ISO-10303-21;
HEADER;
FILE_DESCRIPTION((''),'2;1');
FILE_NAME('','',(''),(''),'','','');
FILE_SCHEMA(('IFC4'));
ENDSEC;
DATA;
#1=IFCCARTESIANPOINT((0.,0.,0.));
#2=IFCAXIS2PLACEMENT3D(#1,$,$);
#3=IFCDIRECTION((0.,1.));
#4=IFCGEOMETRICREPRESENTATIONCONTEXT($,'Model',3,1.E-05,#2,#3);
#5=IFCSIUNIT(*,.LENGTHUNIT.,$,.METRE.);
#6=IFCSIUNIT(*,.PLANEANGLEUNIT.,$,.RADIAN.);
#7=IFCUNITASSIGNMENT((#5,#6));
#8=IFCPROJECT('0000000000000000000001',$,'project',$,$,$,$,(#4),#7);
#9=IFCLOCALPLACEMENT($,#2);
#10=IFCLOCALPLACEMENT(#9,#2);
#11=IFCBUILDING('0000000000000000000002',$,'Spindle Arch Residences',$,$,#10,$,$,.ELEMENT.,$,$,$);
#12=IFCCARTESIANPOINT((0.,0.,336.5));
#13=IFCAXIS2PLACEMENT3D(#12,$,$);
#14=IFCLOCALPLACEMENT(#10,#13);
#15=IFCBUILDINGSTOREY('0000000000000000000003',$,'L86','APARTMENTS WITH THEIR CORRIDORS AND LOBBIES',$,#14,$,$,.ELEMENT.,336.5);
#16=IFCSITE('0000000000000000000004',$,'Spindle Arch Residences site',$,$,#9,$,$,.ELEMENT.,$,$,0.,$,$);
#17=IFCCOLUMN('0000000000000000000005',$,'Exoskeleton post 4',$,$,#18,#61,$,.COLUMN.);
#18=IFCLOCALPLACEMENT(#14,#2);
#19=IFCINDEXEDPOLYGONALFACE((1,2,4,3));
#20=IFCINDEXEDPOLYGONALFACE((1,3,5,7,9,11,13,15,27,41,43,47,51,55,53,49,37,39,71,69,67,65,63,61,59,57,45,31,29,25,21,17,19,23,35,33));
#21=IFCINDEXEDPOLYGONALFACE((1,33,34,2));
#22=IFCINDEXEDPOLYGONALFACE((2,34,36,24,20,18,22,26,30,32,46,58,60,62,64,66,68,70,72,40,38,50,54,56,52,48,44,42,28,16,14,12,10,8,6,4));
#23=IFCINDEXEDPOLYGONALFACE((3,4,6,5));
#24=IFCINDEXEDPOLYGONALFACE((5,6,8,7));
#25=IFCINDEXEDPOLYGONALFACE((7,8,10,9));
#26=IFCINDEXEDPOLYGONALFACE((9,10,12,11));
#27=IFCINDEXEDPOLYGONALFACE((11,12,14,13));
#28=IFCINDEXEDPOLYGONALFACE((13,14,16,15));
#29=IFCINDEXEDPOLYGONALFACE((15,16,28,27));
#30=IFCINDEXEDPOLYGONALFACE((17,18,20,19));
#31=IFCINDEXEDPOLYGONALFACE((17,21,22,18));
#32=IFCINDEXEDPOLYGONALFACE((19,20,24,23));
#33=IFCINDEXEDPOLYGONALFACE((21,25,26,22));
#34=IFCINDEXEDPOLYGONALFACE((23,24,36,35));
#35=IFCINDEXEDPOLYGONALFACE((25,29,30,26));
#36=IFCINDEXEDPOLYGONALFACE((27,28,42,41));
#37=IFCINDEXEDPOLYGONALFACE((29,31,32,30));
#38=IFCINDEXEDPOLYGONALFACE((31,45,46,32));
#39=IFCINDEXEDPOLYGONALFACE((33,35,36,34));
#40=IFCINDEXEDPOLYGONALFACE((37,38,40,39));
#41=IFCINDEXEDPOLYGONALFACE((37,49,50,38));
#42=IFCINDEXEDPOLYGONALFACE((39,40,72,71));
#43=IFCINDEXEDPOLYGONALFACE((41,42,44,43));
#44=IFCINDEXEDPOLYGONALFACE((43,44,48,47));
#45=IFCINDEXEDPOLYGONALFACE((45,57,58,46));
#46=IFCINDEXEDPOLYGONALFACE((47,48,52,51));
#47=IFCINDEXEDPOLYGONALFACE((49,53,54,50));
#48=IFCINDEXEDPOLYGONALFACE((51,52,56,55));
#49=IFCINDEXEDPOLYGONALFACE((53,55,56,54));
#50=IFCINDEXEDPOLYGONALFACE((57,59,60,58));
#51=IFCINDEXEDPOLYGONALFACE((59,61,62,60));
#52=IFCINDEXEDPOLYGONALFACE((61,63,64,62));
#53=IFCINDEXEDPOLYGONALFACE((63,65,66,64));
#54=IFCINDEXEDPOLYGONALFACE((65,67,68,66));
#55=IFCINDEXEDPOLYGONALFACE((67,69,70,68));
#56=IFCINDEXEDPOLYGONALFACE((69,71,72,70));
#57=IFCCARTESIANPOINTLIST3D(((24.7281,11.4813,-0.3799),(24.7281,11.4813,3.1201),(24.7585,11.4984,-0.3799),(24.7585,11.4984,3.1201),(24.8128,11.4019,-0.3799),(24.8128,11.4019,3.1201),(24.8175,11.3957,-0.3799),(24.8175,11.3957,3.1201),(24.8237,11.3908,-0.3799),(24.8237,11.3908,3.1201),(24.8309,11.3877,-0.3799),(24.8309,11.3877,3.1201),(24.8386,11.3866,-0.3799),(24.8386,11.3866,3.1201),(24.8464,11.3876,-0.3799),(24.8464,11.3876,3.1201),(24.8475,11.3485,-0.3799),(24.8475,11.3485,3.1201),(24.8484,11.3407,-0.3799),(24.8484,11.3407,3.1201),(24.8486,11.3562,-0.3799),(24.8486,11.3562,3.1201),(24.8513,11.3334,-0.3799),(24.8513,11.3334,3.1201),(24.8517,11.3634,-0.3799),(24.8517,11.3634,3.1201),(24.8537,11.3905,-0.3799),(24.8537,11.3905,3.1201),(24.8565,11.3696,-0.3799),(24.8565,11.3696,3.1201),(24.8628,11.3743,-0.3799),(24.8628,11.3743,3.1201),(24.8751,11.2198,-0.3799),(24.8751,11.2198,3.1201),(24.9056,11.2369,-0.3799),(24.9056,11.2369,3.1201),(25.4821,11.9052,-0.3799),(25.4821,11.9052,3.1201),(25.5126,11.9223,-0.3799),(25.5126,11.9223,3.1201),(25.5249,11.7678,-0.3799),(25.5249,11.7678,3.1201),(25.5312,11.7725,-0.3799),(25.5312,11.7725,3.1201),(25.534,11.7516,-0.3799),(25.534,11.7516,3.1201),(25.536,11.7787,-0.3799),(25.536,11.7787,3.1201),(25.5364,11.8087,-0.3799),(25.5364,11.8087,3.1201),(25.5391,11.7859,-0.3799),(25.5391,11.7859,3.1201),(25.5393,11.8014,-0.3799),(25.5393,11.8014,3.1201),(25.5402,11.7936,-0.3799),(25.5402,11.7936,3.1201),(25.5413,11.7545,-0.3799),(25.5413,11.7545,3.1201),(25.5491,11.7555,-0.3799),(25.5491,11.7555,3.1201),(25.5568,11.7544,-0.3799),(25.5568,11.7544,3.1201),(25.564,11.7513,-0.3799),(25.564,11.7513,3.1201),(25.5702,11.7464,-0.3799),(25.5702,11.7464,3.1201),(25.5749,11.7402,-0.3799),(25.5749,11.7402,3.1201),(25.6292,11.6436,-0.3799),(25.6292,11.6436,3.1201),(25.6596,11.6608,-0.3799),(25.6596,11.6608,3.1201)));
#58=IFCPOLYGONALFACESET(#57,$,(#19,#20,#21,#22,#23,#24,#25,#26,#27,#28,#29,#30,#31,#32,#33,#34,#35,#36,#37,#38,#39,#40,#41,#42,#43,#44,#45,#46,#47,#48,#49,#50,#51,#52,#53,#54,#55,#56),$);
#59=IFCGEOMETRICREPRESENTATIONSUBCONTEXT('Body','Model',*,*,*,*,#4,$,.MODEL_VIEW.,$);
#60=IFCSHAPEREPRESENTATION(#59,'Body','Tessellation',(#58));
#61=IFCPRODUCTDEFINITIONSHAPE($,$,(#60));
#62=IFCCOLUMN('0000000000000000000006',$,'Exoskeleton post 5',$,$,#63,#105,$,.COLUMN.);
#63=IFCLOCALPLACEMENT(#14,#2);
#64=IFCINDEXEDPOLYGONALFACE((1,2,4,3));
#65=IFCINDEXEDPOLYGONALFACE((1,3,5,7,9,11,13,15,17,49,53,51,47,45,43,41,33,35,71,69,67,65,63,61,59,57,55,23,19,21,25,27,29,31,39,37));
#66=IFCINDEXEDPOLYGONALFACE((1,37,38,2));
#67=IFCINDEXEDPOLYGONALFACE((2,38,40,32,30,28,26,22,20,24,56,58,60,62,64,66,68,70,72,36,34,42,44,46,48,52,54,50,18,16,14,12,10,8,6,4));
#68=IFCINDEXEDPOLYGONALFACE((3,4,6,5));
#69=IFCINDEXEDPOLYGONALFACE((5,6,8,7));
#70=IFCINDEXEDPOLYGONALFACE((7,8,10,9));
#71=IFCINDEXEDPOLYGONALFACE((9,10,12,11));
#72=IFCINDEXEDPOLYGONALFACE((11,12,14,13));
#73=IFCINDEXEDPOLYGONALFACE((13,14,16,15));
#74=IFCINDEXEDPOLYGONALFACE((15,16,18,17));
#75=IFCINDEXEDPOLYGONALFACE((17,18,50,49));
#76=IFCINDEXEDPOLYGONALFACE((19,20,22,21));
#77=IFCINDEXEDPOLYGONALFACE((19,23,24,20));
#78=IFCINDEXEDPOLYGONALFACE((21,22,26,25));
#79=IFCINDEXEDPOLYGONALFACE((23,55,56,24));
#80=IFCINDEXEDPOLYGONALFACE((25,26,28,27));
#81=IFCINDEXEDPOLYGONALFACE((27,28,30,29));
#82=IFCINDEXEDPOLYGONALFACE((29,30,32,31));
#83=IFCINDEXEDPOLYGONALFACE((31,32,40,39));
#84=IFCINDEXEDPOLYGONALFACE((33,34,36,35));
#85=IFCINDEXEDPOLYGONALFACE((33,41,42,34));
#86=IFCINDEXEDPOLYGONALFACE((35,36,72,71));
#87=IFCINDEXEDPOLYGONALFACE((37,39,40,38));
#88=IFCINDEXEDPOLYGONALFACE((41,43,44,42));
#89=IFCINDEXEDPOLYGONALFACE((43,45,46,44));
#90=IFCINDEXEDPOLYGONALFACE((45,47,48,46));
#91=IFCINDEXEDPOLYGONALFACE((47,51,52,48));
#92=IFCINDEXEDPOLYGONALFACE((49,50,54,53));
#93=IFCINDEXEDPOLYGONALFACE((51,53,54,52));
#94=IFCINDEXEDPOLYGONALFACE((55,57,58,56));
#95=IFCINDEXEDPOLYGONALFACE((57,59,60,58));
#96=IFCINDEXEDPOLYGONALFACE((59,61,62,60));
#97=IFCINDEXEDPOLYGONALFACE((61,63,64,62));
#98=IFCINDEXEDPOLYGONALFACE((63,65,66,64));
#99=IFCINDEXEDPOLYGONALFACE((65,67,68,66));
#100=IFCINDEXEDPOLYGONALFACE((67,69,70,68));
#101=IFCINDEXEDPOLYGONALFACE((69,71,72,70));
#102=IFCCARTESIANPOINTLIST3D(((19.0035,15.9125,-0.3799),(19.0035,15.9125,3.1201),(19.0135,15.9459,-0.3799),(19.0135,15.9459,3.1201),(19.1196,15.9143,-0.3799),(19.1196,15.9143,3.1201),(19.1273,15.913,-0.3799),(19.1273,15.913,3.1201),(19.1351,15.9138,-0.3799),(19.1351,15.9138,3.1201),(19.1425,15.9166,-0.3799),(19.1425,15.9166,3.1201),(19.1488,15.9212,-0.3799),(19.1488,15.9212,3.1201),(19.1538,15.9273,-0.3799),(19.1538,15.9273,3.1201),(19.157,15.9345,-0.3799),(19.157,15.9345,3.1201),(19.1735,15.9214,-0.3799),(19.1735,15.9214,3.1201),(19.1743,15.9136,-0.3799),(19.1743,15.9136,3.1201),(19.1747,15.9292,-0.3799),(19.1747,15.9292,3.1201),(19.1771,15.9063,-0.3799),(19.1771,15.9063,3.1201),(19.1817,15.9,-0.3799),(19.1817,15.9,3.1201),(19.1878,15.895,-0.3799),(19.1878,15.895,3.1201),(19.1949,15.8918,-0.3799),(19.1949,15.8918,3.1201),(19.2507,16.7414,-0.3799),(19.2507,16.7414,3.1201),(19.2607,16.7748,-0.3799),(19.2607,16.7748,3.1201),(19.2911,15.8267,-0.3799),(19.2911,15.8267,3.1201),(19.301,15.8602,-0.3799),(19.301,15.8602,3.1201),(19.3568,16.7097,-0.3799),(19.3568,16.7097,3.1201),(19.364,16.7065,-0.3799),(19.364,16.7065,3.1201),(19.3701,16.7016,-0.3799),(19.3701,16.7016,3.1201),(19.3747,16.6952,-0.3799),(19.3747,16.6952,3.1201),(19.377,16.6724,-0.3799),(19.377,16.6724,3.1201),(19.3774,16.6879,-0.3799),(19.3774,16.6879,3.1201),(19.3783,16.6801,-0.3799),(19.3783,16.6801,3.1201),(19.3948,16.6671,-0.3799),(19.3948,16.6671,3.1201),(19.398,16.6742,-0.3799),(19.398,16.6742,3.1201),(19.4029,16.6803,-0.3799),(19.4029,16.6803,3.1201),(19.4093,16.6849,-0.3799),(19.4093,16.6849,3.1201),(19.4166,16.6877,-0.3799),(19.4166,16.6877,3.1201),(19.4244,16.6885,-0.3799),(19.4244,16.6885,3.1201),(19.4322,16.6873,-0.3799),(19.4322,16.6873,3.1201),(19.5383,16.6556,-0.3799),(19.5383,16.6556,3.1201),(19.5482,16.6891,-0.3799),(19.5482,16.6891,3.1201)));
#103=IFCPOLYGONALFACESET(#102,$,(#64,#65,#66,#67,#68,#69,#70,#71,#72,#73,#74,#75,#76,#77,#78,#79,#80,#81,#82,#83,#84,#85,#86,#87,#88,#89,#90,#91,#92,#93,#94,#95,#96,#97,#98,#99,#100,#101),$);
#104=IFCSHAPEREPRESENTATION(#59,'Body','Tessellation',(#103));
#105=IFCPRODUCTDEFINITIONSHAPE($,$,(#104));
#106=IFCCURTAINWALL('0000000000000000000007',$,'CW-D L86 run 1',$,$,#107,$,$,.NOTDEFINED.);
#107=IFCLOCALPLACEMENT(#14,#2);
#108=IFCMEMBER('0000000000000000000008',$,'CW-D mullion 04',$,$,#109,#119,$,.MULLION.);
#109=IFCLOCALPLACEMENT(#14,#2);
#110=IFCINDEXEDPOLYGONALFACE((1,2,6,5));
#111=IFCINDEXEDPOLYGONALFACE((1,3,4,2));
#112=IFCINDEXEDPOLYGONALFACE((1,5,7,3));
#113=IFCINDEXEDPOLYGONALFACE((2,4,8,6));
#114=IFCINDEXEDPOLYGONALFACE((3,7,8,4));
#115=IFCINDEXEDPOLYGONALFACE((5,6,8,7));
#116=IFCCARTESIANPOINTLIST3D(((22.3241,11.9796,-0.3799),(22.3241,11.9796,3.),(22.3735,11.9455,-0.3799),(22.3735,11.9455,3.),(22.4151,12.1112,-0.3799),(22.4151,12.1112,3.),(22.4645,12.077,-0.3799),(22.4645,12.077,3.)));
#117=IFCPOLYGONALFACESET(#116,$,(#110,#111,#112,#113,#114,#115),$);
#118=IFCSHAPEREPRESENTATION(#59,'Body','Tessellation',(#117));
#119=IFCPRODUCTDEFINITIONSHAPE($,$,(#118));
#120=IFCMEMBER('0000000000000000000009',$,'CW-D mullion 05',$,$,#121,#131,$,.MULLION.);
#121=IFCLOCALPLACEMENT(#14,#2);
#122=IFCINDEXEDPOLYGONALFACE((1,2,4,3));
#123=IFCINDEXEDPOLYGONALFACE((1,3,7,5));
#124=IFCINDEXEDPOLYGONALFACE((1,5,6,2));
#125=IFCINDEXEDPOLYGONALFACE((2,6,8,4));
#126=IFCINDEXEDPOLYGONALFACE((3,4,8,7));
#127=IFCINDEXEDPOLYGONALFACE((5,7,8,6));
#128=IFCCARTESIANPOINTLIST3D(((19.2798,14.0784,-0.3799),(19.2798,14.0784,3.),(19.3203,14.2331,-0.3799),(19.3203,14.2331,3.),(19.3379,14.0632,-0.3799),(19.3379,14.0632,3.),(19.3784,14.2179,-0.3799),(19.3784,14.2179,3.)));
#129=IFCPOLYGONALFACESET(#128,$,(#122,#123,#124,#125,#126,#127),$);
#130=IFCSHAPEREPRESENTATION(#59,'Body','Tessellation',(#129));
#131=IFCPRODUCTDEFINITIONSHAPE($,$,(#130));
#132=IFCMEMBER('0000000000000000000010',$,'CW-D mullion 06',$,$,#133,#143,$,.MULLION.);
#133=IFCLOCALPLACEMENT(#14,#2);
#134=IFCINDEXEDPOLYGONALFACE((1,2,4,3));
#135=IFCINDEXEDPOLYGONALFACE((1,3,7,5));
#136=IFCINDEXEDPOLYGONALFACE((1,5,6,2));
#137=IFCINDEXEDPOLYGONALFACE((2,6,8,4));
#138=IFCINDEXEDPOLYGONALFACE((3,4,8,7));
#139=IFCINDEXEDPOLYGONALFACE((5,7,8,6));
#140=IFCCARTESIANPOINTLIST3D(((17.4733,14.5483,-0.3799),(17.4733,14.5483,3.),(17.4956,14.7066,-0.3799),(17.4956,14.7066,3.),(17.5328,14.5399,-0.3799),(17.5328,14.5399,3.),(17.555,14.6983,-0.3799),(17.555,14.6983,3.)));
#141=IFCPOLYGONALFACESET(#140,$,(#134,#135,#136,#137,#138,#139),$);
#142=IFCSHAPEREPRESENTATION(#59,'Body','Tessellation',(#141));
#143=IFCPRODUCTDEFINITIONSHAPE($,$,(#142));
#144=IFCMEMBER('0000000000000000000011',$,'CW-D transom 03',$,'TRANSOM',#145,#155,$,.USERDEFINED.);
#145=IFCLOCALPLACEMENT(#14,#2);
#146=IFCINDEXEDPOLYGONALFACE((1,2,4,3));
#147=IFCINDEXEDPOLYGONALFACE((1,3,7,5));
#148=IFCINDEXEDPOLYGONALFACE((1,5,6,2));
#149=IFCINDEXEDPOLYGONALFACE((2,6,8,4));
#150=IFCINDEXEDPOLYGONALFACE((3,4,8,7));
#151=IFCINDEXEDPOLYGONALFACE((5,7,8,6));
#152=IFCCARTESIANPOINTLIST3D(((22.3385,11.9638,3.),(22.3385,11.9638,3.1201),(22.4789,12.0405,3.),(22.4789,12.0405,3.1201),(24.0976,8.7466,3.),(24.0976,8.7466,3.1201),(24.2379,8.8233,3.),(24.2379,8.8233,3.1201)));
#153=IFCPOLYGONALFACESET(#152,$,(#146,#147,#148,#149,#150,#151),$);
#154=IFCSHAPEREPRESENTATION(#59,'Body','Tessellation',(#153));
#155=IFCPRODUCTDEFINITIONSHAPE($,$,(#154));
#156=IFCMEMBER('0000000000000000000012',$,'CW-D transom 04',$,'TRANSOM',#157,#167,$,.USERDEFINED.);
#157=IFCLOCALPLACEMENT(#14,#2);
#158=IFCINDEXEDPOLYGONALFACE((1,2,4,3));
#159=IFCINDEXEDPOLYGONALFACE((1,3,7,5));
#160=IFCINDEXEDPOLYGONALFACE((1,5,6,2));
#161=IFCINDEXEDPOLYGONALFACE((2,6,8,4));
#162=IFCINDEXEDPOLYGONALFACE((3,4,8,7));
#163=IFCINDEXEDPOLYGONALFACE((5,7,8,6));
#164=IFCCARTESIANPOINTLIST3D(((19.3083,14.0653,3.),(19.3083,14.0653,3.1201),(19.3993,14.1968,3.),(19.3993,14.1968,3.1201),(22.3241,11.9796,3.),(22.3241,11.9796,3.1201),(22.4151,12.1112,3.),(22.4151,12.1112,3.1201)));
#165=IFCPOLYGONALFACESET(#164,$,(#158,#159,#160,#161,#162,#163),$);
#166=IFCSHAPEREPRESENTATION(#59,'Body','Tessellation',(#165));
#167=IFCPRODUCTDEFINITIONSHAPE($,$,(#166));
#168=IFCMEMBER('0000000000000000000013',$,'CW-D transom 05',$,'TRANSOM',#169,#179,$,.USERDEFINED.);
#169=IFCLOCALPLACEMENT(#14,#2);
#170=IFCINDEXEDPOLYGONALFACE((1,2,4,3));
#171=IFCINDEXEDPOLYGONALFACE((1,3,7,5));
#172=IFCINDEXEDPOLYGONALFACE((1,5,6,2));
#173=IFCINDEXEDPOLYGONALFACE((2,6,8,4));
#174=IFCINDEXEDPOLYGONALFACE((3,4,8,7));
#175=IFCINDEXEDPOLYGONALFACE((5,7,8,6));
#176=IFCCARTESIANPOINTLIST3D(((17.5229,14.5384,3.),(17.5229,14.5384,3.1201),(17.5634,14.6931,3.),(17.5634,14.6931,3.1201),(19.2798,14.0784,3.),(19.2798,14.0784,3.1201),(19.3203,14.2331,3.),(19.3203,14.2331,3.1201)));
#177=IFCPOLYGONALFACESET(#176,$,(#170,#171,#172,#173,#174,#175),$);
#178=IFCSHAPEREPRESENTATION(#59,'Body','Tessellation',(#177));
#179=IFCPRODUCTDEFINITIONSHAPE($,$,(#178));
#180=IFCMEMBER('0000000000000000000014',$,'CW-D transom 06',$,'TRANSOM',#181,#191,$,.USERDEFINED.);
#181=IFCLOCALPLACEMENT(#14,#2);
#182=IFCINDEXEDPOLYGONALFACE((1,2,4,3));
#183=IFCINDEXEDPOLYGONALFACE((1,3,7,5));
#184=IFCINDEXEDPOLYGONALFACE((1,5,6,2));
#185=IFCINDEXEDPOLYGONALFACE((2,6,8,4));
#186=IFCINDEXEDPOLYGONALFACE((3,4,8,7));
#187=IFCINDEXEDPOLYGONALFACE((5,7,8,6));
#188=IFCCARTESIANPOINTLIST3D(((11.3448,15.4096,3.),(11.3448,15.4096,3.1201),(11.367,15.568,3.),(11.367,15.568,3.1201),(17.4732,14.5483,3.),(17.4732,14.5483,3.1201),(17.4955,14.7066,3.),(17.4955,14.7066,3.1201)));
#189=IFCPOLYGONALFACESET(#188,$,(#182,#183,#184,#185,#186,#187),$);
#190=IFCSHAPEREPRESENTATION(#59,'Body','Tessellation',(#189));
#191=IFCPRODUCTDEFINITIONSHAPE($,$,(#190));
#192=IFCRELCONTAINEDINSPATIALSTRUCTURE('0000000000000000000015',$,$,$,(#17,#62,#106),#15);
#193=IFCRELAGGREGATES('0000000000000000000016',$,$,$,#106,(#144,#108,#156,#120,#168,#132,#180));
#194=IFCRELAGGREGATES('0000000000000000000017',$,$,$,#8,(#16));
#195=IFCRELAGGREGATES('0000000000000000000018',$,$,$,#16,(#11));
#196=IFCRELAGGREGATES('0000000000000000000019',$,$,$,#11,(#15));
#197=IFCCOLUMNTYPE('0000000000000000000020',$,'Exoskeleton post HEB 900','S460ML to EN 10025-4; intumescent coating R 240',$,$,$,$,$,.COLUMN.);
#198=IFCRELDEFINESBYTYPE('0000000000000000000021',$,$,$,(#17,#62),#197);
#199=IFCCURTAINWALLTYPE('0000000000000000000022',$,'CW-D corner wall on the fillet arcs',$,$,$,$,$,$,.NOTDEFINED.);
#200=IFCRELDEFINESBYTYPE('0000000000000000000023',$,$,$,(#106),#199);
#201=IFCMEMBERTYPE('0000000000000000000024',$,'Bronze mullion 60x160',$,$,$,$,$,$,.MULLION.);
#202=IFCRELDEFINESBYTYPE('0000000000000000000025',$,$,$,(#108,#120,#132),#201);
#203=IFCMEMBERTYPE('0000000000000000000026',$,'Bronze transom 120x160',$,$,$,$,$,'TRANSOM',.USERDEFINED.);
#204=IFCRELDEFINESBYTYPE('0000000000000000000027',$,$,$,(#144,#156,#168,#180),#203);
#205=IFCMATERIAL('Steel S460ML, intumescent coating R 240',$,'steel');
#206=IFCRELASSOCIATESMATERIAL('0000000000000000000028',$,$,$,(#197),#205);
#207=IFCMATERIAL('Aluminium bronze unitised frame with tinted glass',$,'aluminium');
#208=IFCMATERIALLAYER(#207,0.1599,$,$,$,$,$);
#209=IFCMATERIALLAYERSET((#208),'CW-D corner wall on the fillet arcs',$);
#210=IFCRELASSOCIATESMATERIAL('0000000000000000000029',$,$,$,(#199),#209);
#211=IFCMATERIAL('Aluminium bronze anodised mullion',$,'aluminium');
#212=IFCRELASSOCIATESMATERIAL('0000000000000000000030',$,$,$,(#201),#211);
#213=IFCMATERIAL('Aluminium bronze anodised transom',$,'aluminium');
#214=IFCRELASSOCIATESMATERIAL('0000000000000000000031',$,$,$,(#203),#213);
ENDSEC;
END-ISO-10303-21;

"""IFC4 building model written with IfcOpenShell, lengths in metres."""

from ifc_helpers import new_model, si_unit, direction, frame, origin, origin_2d, place, context, subcontext, project, spatial, rectangle, i_section, extrude, material, layer, layer_set, material_profile, profile_set, type_object, element, aggregate, save


model = new_model("IFC4")

# Units and contexts
model_context = context("Model", 3, precision=1e-05, world=origin(), true_north=direction((0.0, 1.0)))
body_context = subcontext(model_context, "Body", "Model", "MODEL_VIEW")
ifc_project = project(units=[si_unit("LENGTHUNIT", "METRE"), si_unit("PLANEANGLEUNIT", "RADIAN")], contexts=[model_context])

# Site, building, storey
site_placement = place(None, origin())
site = spatial("IfcSite", under=ifc_project, at=site_placement, Name="Spindle Arch Residences site", CompositionType="ELEMENT", RefElevation=0.0)
building_placement = place(site_placement, origin())
building = spatial("IfcBuilding", under=site, at=building_placement, Name="Spindle Arch Residences", CompositionType="ELEMENT")
storey_placement = place(building_placement, frame((0.0, 0.0, 336.5)))
storey = spatial("IfcBuildingStorey", under=building, at=storey_placement, Name="L86", Description="APARTMENTS WITH THEIR CORRIDORS AND LOBBIES", CompositionType="ELEMENT", Elevation=336.5)

# Columns
ifc_material_1 = material(Name="Steel S460ML, intumescent coating R 240", Category="steel")
ifc_material_profile_1 = material_profile(ifc_material_1, i_section(OverallWidth=0.3, OverallDepth=0.8999, WebThickness=0.0186, FlangeThickness=0.0349, FilletRadius=0.03, at=origin_2d()), Name="HEB 900")
ifc_profile_set_1 = profile_set([ifc_material_profile_1], Name="Steel S460ML, intumescent coating R 240")
column_type = type_object("IfcColumnType", Name="Exoskeleton post HEB 900", Description="S460ML to EN 10025-4; intumescent coating R 240", PredefinedType="COLUMN", material=ifc_profile_set_1)
for number, where, z_axis, x_axis, name in (
    (1, (25.1938, 11.571, -0.3799), (0.0, 0.0, 1.0), (0.490024, -0.871709, 0.0), "Exoskeleton post 4"),
    (2, (19.2759, 16.3008, -0.3799), (0.0, 0.0, 1.0), (0.958298, -0.285769, 0.0), "Exoskeleton post 5"),
):
    element("IfcColumn", number, at=place(storey_placement, frame(where, z_axis=z_axis, x_axis=x_axis)), inside=storey, type_object=column_type, Name=name, PredefinedType="COLUMN", context=body_context, shape_type="SweptSolid", body=[
        extrude(i_section(OverallWidth=0.3, OverallDepth=0.8999, WebThickness=0.0186, FlangeThickness=0.0349, FilletRadius=0.03, at=origin_2d()), origin(), (0.0, 0.0, 1.0), 3.5),
    ])

# Curtain wall, members
ifc_material_2 = material(Name="Aluminium bronze unitised frame with tinted glass", Category="aluminium")
ifc_layer_1 = layer(ifc_material_2, 0.1599)
ifc_layer_set_1 = layer_set([ifc_layer_1], Name="CW-D corner wall on the fillet arcs")
curtain_wall_type = type_object("IfcCurtainWallType", Name="CW-D corner wall on the fillet arcs", PredefinedType="NOTDEFINED", material=ifc_layer_set_1)
curtain_wall_placement = place(storey_placement, origin())
curtain_wall = element("IfcCurtainWall", 3, at=curtain_wall_placement, inside=storey, type_object=curtain_wall_type, Name="CW-D L86 run 1", PredefinedType="NOTDEFINED")
ifc_material_3 = material(Name="Aluminium bronze anodised mullion", Category="aluminium")
ifc_material_profile_2 = material_profile(ifc_material_3, rectangle(XDim=0.1599, YDim=0.0601, at=origin_2d()), Name="MU 60x160")
ifc_profile_set_2 = profile_set([ifc_material_profile_2], Name="Aluminium bronze anodised mullion")
member_type_1 = type_object("IfcMemberType", Name="Bronze mullion 60x160", PredefinedType="MULLION", material=ifc_profile_set_2)
member_1_placement = place(storey_placement, frame((22.3943, 12.0283, -0.3799), z_axis=(0.0, 0.0, 1.0), x_axis=(-0.568801, -0.822475, 0.0)))
member_1 = element("IfcMember", 4, at=member_1_placement, type_object=member_type_1, Name="CW-D mullion 04", PredefinedType="MULLION", context=body_context, shape_type="SweptSolid", body=[
    extrude(rectangle(XDim=0.1599, YDim=0.0601, at=origin_2d()), origin(), (0.0, 0.0, 1.0), 3.3799),
])
member_2_placement = place(storey_placement, frame((19.3291, 14.1482, -0.3799), z_axis=(0.0, 0.0, 1.0), x_axis=(-0.253195, -0.967415, 0.0)))
member_2 = element("IfcMember", 5, at=member_2_placement, type_object=member_type_1, Name="CW-D mullion 05", PredefinedType="MULLION", context=body_context, shape_type="SweptSolid", body=[
    extrude(rectangle(XDim=0.1599, YDim=0.0601, at=origin_2d()), origin(), (0.0, 0.0, 1.0), 3.3799),
])
member_3_placement = place(storey_placement, frame((17.5142, 14.6233, -0.3799), z_axis=(0.0, 0.0, 1.0), x_axis=(-0.139173, -0.990268, 0.0)))
member_3 = element("IfcMember", 6, at=member_3_placement, type_object=member_type_1, Name="CW-D mullion 06", PredefinedType="MULLION", context=body_context, shape_type="SweptSolid", body=[
    extrude(rectangle(XDim=0.1599, YDim=0.0601, at=origin_2d()), origin(), (0.0, 0.0, 1.0), 3.3799),
])
ifc_material_4 = material(Name="Aluminium bronze anodised transom", Category="aluminium")
ifc_material_profile_3 = material_profile(ifc_material_4, rectangle(XDim=0.1599, YDim=0.1201, at=origin_2d()), Name="TR 120x160")
ifc_profile_set_3 = profile_set([ifc_material_profile_3], Name="Aluminium bronze anodised transom")
member_type_2 = type_object("IfcMemberType", Name="Bronze transom 120x160", ElementType="TRANSOM", PredefinedType="USERDEFINED", material=ifc_profile_set_3)
member_4_placement = place(storey_placement, frame((24.1677, 8.7849, 3.0601), z_axis=(-0.479724, 0.877419, 0.0), x_axis=(-0.877419, -0.479724, 0.0)))
member_4 = element("IfcMember", 7, at=member_4_placement, type_object=member_type_2, Name="CW-D transom 03", ObjectType="TRANSOM", PredefinedType="USERDEFINED", context=body_context, shape_type="SweptSolid", body=[
    extrude(rectangle(XDim=0.1599, YDim=0.1201, at=origin_2d()), origin(), (0.0, 0.0, 1.0), 3.6667),
])
member_5_placement = place(storey_placement, frame((22.3696, 12.0454, 3.0601), z_axis=(-0.822475, 0.568801, 0.0), x_axis=(-0.568801, -0.822475, 0.0)))
member_5 = element("IfcMember", 8, at=member_5_placement, type_object=member_type_2, Name="CW-D transom 04", ObjectType="TRANSOM", PredefinedType="USERDEFINED", context=body_context, shape_type="SweptSolid", body=[
    extrude(rectangle(XDim=0.1599, YDim=0.1201, at=origin_2d()), origin(), (0.0, 0.0, 1.0), 3.6667),
])
member_6_placement = place(storey_placement, frame((19.3, 14.1558, 3.0601), z_axis=(-0.967394, 0.253276, 0.0), x_axis=(-0.253276, -0.967394, 0.0)))
member_6 = element("IfcMember", 9, at=member_6_placement, type_object=member_type_2, Name="CW-D transom 05", ObjectType="TRANSOM", PredefinedType="USERDEFINED", context=body_context, shape_type="SweptSolid", body=[
    extrude(rectangle(XDim=0.1599, YDim=0.1201, at=origin_2d()), origin(), (0.0, 0.0, 1.0), 1.8162),
])
member_7_placement = place(storey_placement, frame((17.4844, 14.6274, 3.0601), z_axis=(-0.990267, 0.139179, 0.0), x_axis=(-0.139179, -0.990267, 0.0)))
member_7 = element("IfcMember", 10, at=member_7_placement, type_object=member_type_2, Name="CW-D transom 06", ObjectType="TRANSOM", PredefinedType="USERDEFINED", context=body_context, shape_type="SweptSolid", body=[
    extrude(rectangle(XDim=0.1599, YDim=0.1201, at=origin_2d()), origin(), (0.0, 0.0, 1.0), 6.1887),
])

aggregate(curtain_wall, [member_4, member_1, member_5, member_2, member_6, member_3, member_7])

save(model, "model.ifc")
